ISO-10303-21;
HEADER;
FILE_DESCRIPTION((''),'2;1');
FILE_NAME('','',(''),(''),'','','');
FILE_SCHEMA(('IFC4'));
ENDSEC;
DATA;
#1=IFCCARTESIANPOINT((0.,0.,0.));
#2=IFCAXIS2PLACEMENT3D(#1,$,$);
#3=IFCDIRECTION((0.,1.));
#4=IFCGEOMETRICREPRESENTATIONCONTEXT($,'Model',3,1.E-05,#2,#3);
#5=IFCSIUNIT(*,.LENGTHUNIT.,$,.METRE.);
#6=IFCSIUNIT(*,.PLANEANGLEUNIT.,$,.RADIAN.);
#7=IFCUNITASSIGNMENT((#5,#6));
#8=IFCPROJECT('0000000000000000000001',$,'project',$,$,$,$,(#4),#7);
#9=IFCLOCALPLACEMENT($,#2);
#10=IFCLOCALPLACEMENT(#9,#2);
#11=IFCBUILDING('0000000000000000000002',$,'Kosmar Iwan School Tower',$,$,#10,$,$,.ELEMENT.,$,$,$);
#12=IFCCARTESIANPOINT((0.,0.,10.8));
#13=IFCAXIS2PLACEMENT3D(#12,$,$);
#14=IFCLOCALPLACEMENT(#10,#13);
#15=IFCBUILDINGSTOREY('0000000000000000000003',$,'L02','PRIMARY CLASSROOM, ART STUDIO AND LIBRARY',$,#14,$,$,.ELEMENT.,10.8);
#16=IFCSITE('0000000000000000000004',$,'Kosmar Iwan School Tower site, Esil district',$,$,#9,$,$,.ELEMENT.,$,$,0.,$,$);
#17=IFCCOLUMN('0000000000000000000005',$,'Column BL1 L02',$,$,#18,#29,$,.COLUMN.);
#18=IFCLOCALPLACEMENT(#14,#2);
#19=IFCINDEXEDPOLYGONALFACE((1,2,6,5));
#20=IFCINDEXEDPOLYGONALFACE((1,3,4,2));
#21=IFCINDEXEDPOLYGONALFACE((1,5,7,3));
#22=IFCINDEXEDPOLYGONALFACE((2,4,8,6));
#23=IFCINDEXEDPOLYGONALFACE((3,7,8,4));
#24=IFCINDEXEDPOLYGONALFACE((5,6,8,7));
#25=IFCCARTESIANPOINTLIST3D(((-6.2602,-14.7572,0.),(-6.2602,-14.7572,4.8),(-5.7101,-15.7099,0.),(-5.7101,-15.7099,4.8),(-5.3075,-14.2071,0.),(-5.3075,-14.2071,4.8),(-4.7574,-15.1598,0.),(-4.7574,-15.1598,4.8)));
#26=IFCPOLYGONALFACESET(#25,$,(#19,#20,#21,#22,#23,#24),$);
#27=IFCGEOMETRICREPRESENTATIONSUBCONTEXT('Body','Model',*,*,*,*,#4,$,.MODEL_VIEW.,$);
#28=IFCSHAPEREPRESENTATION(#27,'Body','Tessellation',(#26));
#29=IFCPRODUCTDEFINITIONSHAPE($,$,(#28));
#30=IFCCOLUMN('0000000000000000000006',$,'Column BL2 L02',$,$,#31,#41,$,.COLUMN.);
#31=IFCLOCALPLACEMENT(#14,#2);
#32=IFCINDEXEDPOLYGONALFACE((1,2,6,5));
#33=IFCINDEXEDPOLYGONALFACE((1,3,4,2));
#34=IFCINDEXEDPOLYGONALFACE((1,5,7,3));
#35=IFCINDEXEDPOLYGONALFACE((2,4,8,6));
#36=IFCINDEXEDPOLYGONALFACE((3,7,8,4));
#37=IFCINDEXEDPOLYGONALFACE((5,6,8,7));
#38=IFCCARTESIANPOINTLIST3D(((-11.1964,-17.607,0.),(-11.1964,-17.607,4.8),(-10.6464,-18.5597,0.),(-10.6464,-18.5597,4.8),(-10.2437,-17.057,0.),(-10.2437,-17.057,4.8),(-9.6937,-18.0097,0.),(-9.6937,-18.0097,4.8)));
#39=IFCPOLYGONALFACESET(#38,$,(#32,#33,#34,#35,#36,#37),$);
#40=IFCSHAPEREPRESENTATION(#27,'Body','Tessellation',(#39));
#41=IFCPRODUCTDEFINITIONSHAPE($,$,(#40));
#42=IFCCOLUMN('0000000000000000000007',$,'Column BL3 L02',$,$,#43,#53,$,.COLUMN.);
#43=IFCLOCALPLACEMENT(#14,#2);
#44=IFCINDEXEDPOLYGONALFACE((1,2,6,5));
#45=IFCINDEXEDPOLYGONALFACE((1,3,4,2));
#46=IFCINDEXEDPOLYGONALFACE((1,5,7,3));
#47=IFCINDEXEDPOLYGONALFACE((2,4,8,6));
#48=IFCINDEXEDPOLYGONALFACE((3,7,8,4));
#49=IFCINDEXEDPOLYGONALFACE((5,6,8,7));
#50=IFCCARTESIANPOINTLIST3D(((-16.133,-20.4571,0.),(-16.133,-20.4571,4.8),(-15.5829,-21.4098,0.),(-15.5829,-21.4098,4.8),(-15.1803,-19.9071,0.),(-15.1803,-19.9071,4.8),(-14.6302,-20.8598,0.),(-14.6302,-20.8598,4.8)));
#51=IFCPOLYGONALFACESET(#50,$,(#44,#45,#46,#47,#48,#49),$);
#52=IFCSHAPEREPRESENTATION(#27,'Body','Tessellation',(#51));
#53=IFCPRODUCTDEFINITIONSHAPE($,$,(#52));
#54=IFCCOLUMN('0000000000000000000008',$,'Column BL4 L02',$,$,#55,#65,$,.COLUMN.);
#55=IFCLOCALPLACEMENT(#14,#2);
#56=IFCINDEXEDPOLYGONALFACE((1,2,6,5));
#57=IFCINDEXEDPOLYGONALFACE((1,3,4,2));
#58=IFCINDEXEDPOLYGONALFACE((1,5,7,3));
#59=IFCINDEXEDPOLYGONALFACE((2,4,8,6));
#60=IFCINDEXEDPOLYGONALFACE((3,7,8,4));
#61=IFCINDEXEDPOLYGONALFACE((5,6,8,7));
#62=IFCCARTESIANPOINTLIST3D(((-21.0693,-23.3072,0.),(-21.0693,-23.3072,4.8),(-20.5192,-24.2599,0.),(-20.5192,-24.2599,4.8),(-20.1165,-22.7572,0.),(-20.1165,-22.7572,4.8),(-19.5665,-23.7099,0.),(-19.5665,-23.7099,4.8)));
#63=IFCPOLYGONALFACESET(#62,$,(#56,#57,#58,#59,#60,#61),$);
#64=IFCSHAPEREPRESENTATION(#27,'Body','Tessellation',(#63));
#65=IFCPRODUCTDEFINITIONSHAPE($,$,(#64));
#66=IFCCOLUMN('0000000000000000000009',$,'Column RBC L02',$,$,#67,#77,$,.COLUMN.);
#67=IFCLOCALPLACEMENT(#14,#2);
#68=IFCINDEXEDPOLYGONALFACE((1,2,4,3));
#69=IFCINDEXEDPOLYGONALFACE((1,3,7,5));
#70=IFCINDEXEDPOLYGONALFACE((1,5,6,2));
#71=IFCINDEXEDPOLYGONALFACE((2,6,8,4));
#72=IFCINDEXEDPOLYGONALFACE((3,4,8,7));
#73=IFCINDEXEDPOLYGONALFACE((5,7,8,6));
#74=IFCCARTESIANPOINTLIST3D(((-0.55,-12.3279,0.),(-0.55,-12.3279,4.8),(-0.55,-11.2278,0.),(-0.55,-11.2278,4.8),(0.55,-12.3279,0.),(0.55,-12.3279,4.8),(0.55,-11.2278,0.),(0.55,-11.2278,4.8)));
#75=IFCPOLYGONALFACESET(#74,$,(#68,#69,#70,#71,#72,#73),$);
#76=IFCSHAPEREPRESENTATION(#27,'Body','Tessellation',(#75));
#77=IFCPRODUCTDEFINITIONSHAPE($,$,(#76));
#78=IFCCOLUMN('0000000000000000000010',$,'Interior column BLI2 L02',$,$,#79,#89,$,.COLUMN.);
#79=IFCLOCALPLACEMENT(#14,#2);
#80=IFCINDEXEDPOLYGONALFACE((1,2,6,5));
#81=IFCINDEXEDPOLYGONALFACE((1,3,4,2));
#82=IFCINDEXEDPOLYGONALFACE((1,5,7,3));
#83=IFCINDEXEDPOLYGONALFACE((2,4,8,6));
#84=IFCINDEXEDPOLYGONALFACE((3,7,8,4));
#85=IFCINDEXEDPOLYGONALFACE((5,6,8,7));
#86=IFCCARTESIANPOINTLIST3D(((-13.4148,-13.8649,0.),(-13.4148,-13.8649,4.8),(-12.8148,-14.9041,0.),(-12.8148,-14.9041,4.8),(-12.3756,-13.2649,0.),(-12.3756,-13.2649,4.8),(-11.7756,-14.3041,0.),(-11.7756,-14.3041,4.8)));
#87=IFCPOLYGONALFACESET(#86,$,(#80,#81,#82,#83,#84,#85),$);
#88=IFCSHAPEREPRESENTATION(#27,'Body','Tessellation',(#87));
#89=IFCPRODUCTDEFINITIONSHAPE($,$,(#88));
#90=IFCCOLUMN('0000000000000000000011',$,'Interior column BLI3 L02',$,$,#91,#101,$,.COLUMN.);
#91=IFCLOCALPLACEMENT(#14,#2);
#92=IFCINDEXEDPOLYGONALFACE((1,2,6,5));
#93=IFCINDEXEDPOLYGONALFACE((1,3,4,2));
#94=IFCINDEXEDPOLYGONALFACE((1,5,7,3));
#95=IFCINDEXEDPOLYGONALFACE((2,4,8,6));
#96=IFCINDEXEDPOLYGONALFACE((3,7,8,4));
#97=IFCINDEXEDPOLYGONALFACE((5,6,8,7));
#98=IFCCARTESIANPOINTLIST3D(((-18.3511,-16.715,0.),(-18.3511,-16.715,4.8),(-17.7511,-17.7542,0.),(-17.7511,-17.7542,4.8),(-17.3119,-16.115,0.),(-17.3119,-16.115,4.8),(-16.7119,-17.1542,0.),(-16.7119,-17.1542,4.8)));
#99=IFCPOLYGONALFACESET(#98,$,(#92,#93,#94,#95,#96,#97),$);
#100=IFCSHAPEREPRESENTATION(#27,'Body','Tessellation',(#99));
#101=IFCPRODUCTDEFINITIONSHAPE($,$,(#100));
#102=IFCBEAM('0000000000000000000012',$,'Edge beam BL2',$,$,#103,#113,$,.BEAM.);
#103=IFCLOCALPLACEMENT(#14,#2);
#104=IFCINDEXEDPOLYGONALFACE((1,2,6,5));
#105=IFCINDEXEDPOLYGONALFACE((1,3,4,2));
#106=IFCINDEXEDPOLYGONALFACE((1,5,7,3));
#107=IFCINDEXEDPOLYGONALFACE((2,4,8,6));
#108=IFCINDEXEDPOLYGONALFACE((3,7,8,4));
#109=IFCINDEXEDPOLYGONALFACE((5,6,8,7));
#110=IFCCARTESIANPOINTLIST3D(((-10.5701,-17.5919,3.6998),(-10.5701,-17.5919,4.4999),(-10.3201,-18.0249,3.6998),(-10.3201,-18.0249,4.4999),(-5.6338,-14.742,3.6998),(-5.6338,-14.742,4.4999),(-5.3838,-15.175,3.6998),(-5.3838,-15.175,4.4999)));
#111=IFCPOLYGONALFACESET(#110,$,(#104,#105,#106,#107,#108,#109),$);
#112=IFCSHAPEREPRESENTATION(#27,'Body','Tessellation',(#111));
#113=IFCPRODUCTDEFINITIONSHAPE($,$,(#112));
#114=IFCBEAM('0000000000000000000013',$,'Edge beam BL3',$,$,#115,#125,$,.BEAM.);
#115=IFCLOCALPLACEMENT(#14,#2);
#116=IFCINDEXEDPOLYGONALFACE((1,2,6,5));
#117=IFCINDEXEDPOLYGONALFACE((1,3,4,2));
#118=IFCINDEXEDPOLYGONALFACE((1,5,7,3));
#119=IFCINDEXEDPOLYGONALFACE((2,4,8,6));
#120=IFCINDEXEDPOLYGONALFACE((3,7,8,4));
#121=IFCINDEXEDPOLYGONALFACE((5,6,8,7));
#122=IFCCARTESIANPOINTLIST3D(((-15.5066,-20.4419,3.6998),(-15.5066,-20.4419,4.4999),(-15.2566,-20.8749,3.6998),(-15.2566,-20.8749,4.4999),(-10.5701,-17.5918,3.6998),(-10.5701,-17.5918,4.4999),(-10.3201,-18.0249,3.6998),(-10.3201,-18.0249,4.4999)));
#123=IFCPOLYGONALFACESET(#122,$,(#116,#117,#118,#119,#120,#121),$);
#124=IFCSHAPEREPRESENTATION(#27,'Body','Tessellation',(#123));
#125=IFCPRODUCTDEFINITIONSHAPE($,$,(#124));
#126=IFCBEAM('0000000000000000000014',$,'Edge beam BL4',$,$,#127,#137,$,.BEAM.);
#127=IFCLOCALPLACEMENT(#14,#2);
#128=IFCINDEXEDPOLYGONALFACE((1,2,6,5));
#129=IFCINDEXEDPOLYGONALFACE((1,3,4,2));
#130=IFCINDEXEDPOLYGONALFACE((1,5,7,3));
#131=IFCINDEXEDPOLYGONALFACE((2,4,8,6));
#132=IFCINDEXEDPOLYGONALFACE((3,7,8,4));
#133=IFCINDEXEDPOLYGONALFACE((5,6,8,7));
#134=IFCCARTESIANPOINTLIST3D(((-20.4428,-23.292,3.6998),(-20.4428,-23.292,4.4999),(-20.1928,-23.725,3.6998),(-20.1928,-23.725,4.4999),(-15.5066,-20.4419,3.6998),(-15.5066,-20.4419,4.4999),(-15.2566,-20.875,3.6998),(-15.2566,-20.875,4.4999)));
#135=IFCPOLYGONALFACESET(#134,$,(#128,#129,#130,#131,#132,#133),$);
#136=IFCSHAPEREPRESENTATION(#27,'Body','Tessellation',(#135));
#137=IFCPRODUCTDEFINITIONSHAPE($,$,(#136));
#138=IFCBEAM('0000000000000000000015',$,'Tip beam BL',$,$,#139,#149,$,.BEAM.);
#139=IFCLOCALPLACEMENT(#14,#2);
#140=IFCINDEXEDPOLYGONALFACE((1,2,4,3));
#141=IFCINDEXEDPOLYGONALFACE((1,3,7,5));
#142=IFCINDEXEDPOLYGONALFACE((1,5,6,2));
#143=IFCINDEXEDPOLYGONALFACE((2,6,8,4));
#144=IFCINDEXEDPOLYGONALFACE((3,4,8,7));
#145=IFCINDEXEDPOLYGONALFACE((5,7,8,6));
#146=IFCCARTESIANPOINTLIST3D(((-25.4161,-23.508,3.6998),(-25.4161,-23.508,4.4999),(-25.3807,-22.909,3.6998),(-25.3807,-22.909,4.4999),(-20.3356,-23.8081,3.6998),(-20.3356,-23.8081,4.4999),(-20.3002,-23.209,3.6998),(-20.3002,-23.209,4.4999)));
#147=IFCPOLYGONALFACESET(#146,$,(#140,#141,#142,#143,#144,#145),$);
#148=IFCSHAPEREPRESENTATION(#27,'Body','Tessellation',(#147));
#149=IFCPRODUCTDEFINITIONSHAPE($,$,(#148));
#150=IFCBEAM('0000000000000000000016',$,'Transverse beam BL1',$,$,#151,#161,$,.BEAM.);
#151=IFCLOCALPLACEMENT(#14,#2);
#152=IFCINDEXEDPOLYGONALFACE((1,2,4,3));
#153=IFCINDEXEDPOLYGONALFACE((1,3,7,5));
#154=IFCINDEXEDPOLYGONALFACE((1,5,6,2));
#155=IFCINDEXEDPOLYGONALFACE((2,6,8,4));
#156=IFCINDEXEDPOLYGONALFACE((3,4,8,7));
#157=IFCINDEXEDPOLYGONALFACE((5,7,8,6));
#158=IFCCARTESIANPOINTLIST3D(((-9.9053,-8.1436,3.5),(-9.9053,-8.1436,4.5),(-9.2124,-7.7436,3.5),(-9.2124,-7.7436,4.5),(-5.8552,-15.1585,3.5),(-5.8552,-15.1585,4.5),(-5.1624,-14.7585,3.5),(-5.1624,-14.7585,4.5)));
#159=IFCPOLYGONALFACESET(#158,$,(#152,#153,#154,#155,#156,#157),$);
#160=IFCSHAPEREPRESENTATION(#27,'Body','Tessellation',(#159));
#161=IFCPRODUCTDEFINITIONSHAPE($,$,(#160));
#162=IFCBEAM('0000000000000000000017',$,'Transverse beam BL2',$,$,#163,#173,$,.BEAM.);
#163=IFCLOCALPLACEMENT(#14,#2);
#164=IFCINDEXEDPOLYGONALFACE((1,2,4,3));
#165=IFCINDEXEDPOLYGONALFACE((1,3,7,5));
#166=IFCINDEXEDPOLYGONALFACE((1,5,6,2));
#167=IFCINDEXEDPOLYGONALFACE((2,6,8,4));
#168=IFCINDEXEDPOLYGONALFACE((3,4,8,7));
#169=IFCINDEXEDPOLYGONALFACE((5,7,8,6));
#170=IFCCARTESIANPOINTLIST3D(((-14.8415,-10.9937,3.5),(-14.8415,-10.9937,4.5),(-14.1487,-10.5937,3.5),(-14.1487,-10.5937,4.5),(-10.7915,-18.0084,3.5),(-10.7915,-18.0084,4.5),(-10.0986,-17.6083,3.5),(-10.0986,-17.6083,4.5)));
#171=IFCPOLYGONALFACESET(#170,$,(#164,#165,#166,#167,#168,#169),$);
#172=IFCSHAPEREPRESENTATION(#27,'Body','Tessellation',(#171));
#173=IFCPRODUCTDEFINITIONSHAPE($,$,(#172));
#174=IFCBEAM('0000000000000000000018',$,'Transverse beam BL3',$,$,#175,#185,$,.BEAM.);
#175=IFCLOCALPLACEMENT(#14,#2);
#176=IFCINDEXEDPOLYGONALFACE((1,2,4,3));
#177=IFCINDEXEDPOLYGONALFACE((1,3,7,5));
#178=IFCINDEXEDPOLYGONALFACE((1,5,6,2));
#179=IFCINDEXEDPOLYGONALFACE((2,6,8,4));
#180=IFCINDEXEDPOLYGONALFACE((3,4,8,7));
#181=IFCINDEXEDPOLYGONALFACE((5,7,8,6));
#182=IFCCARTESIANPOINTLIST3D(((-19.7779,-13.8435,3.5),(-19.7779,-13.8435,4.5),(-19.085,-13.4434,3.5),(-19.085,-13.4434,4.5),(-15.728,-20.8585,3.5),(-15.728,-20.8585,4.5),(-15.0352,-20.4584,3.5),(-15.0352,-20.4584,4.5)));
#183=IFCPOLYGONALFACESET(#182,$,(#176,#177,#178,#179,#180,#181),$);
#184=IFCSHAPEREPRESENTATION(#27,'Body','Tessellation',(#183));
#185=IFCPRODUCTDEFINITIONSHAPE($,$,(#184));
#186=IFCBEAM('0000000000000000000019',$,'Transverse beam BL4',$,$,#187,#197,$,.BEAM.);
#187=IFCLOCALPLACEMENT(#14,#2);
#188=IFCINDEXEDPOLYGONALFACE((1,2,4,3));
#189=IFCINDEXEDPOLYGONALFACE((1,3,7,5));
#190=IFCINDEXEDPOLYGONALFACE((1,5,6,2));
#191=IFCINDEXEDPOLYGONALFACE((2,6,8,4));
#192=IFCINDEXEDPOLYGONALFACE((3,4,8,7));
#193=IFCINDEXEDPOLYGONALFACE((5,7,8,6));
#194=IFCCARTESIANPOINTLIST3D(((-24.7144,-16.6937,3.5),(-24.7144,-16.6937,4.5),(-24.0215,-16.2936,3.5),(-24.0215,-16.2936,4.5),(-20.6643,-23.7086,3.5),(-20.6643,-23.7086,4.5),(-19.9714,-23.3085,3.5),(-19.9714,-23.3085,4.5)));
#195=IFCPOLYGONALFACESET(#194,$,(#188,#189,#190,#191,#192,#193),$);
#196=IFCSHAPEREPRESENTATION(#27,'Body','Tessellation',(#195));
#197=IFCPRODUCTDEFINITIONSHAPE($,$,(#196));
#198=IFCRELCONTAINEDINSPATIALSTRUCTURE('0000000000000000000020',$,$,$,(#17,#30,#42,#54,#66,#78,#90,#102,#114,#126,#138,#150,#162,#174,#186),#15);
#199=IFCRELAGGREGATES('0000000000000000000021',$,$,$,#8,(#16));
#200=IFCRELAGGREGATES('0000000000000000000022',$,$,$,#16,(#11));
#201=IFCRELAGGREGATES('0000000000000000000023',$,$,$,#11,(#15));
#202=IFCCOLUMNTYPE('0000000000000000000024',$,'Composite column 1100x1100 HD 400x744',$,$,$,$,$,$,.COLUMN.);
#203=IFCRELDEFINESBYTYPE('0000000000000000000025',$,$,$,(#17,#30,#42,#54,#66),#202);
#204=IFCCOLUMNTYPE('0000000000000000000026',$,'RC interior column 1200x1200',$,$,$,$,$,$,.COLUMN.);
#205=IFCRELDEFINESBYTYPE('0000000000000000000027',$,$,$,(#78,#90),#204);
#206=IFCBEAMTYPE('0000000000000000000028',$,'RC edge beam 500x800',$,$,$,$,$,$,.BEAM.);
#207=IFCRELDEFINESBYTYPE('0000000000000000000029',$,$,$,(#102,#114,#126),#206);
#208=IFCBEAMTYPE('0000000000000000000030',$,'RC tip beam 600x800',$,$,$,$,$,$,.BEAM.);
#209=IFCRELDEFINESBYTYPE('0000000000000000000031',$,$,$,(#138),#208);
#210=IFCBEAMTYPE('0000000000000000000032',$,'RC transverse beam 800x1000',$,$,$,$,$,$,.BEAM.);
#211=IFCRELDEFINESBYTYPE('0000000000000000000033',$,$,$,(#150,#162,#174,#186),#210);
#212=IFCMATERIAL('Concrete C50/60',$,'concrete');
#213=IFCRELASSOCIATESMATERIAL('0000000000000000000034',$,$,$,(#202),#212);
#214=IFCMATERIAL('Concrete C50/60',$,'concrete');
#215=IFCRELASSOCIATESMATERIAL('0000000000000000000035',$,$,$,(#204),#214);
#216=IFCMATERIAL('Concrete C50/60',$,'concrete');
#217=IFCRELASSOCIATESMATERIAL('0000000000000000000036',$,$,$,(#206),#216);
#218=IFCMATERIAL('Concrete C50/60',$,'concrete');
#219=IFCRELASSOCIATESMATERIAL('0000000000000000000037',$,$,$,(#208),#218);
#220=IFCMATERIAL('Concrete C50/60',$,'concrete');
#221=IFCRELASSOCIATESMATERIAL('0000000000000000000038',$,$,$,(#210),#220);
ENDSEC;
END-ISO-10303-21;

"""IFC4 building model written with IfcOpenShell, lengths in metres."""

from ifc_helpers import new_model, si_unit, direction, frame, origin, origin_2d, place, context, subcontext, project, spatial, rectangle, extrude, material, material_profile, profile_set, type_object, element, save


model = new_model("IFC4")

# Units and contexts
model_context = context("Model", 3, precision=1e-05, world=origin(), true_north=direction((0.0, 1.0)))
body_context = subcontext(model_context, "Body", "Model", "MODEL_VIEW")
ifc_project = project(units=[si_unit("LENGTHUNIT", "METRE"), si_unit("PLANEANGLEUNIT", "RADIAN")], contexts=[model_context])

# Site, building, storey
site_placement = place(None, origin())
site = spatial("IfcSite", under=ifc_project, at=site_placement, Name="Kosmar Iwan School Tower site, Esil district", CompositionType="ELEMENT", RefElevation=0.0)
building_placement = place(site_placement, origin())
building = spatial("IfcBuilding", under=site, at=building_placement, Name="Kosmar Iwan School Tower", CompositionType="ELEMENT")
storey_placement = place(building_placement, frame((0.0, 0.0, 10.8)))
storey = spatial("IfcBuildingStorey", under=building, at=storey_placement, Name="L02", Description="PRIMARY CLASSROOM, ART STUDIO AND LIBRARY", CompositionType="ELEMENT", Elevation=10.8)

# Columns
ifc_material_1 = material(Name="Concrete C50/60", Category="concrete")
ifc_material_profile_1 = material_profile(ifc_material_1, rectangle(XDim=1.1001, YDim=1.1001, at=origin_2d()), Name="RC 1100x1100 + HD 400x744")
ifc_profile_set_1 = profile_set([ifc_material_profile_1], Name="Concrete C50/60")
column_type_1 = type_object("IfcColumnType", Name="Composite column 1100x1100 HD 400x744", PredefinedType="COLUMN", material=ifc_profile_set_1)
for number, where, z_axis, x_axis, name in (
    (1, (-5.5088, -14.9585, 0.0), (0.0, 0.0, 1.0), (-0.866025, -0.5, 0.0), "Column BL1 L02"),
    (2, (-10.4451, -17.8083, 0.0), (0.0, 0.0, 1.0), (-0.866025, -0.5, 0.0), "Column BL2 L02"),
    (3, (-15.3816, -20.6584, 0.0), (0.0, 0.0, 1.0), (-0.866025, -0.5, 0.0), "Column BL3 L02"),
    (4, (-20.3179, -23.5085, 0.0), (0.0, 0.0, 1.0), (-0.866025, -0.5, 0.0), "Column BL4 L02"),
    (5, (0.0, -11.7778, 0.0), (0.0, 0.0, 1.0), (1.0, 0.0, 0.0), "Column RBC L02"),
):
    element("IfcColumn", number, at=place(storey_placement, frame(where, z_axis=z_axis, x_axis=x_axis)), inside=storey, type_object=column_type_1, Name=name, PredefinedType="COLUMN", context=body_context, shape_type="SweptSolid", body=[
        extrude(rectangle(XDim=1.1001, YDim=1.1001, at=origin_2d()), origin(), (0.0, 0.0, 1.0), 4.8),
    ])
ifc_material_2 = material(Name="Concrete C50/60", Category="concrete")
ifc_material_profile_2 = material_profile(ifc_material_2, rectangle(XDim=1.2, YDim=1.2, at=origin_2d()), Name="RC 1200x1200")
ifc_profile_set_2 = profile_set([ifc_material_profile_2], Name="Concrete C50/60")
column_type_2 = type_object("IfcColumnType", Name="RC interior column 1200x1200", PredefinedType="COLUMN", material=ifc_profile_set_2)
for number, where, z_axis, x_axis, name in (
    (6, (-12.5952, -14.0845, 0.0), (0.0, 0.0, 1.0), (-0.866025, -0.5, 0.0), "Interior column BLI2 L02"),
    (7, (-17.5315, -16.9346, 0.0), (0.0, 0.0, 1.0), (-0.866025, -0.5, 0.0), "Interior column BLI3 L02"),
):
    element("IfcColumn", number, at=place(storey_placement, frame(where, z_axis=z_axis, x_axis=x_axis)), inside=storey, type_object=column_type_2, Name=name, PredefinedType="COLUMN", context=body_context, shape_type="SweptSolid", body=[
        extrude(rectangle(XDim=1.2, YDim=1.2, at=origin_2d()), origin(), (0.0, 0.0, 1.0), 4.8),
    ])

# Beams
ifc_material_3 = material(Name="Concrete C50/60", Category="concrete")
ifc_material_profile_3 = material_profile(ifc_material_3, rectangle(XDim=0.5, YDim=0.8, at=origin_2d()), Name="RC 500x800")
ifc_profile_set_3 = profile_set([ifc_material_profile_3], Name="Concrete C50/60")
beam_type_1 = type_object("IfcBeamType", Name="RC edge beam 500x800", PredefinedType="BEAM", material=ifc_profile_set_3)
beam_1_placement = place(storey_placement, frame((-5.5088, -14.9585, 4.0999), z_axis=(-0.866034, -0.499986, 0.0), x_axis=(0.499986, -0.866034, 0.0)))
element("IfcBeam", 8, at=beam_1_placement, inside=storey, type_object=beam_type_1, Name="Edge beam BL2", PredefinedType="BEAM", context=body_context, shape_type="SweptSolid", body=[
    extrude(rectangle(XDim=0.5, YDim=0.8, at=origin_2d()), origin(), (0.0, 0.0, 1.0), 5.7),
])
beam_2_placement = place(storey_placement, frame((-10.4451, -17.8083, 4.0999), z_axis=(-0.866026, -0.499999, 0.0), x_axis=(0.499999, -0.866026, 0.0)))
element("IfcBeam", 9, at=beam_2_placement, inside=storey, type_object=beam_type_1, Name="Edge beam BL3", PredefinedType="BEAM", context=body_context, shape_type="SweptSolid", body=[
    extrude(rectangle(XDim=0.5, YDim=0.8, at=origin_2d()), origin(), (0.0, 0.0, 1.0), 5.7002),
])
beam_3_placement = place(storey_placement, frame((-15.3816, -20.6584, 4.0999), z_axis=(-0.866015, -0.500018, 0.0), x_axis=(0.500018, -0.866015, 0.0)))
element("IfcBeam", 10, at=beam_3_placement, inside=storey, type_object=beam_type_1, Name="Edge beam BL4", PredefinedType="BEAM", context=body_context, shape_type="SweptSolid", body=[
    extrude(rectangle(XDim=0.5, YDim=0.8, at=origin_2d()), origin(), (0.0, 0.0, 1.0), 5.7),
])
ifc_material_4 = material(Name="Concrete C50/60", Category="concrete")
ifc_material_profile_4 = material_profile(ifc_material_4, rectangle(XDim=0.6001, YDim=0.8, at=origin_2d()), Name="RC 600x800")
ifc_profile_set_4 = profile_set([ifc_material_profile_4], Name="Concrete C50/60")
beam_type_2 = type_object("IfcBeamType", Name="RC tip beam 600x800", PredefinedType="BEAM", material=ifc_profile_set_4)
beam_4_placement = place(storey_placement, frame((-20.3179, -23.5085, 4.0999), z_axis=(-0.998261, 0.058955, 0.0), x_axis=(-0.058955, -0.998261, 0.0)))
element("IfcBeam", 11, at=beam_4_placement, inside=storey, type_object=beam_type_2, Name="Tip beam BL", PredefinedType="BEAM", context=body_context, shape_type="SweptSolid", body=[
    extrude(rectangle(XDim=0.6001, YDim=0.8, at=origin_2d()), origin(), (0.0, 0.0, 1.0), 5.0894),
])
ifc_material_5 = material(Name="Concrete C50/60", Category="concrete")
ifc_material_profile_5 = material_profile(ifc_material_5, rectangle(XDim=0.8, YDim=1.0, at=origin_2d()), Name="RC 800x1000")
ifc_profile_set_5 = profile_set([ifc_material_profile_5], Name="Concrete C50/60")
beam_type_3 = type_object("IfcBeamType", Name="RC transverse beam 800x1000", PredefinedType="BEAM", material=ifc_profile_set_5)
beam_5_placement = place(storey_placement, frame((-5.5088, -14.9585, 4.0), z_axis=(-0.5, 0.866025, 0.0), x_axis=(-0.866025, -0.5, 0.0)))
element("IfcBeam", 12, at=beam_5_placement, inside=storey, type_object=beam_type_3, Name="Transverse beam BL1", PredefinedType="BEAM", context=body_context, shape_type="SweptSolid", body=[
    extrude(rectangle(XDim=0.8, YDim=1.0, at=origin_2d()), origin(), (0.0, 0.0, 1.0), 8.1001),
])
beam_6_placement = place(storey_placement, frame((-10.4451, -17.8083, 4.0), z_axis=(-0.500013, 0.866018, 0.0), x_axis=(-0.866018, -0.500013, 0.0)))
element("IfcBeam", 13, at=beam_6_placement, inside=storey, type_object=beam_type_3, Name="Transverse beam BL2", PredefinedType="BEAM", context=body_context, shape_type="SweptSolid", body=[
    extrude(rectangle(XDim=0.8, YDim=1.0, at=origin_2d()), origin(), (0.0, 0.0, 1.0), 8.0999),
])
for number, where, z_axis, x_axis, name in (
    (14, (-15.3816, -20.6584, 4.0), (-0.499977, 0.866039, 0.0), (-0.866039, -0.499977, 0.0), "Transverse beam BL3"),
    (15, (-20.3179, -23.5085, 4.0), (-0.5, 0.866025, 0.0), (-0.866025, -0.5, 0.0), "Transverse beam BL4"),
):
    element("IfcBeam", number, at=place(storey_placement, frame(where, z_axis=z_axis, x_axis=x_axis)), inside=storey, type_object=beam_type_3, Name=name, PredefinedType="BEAM", context=body_context, shape_type="SweptSolid", body=[
        extrude(rectangle(XDim=0.8, YDim=1.0, at=origin_2d()), origin(), (0.0, 0.0, 1.0), 8.1001),
    ])

save(model, "model.ifc")
